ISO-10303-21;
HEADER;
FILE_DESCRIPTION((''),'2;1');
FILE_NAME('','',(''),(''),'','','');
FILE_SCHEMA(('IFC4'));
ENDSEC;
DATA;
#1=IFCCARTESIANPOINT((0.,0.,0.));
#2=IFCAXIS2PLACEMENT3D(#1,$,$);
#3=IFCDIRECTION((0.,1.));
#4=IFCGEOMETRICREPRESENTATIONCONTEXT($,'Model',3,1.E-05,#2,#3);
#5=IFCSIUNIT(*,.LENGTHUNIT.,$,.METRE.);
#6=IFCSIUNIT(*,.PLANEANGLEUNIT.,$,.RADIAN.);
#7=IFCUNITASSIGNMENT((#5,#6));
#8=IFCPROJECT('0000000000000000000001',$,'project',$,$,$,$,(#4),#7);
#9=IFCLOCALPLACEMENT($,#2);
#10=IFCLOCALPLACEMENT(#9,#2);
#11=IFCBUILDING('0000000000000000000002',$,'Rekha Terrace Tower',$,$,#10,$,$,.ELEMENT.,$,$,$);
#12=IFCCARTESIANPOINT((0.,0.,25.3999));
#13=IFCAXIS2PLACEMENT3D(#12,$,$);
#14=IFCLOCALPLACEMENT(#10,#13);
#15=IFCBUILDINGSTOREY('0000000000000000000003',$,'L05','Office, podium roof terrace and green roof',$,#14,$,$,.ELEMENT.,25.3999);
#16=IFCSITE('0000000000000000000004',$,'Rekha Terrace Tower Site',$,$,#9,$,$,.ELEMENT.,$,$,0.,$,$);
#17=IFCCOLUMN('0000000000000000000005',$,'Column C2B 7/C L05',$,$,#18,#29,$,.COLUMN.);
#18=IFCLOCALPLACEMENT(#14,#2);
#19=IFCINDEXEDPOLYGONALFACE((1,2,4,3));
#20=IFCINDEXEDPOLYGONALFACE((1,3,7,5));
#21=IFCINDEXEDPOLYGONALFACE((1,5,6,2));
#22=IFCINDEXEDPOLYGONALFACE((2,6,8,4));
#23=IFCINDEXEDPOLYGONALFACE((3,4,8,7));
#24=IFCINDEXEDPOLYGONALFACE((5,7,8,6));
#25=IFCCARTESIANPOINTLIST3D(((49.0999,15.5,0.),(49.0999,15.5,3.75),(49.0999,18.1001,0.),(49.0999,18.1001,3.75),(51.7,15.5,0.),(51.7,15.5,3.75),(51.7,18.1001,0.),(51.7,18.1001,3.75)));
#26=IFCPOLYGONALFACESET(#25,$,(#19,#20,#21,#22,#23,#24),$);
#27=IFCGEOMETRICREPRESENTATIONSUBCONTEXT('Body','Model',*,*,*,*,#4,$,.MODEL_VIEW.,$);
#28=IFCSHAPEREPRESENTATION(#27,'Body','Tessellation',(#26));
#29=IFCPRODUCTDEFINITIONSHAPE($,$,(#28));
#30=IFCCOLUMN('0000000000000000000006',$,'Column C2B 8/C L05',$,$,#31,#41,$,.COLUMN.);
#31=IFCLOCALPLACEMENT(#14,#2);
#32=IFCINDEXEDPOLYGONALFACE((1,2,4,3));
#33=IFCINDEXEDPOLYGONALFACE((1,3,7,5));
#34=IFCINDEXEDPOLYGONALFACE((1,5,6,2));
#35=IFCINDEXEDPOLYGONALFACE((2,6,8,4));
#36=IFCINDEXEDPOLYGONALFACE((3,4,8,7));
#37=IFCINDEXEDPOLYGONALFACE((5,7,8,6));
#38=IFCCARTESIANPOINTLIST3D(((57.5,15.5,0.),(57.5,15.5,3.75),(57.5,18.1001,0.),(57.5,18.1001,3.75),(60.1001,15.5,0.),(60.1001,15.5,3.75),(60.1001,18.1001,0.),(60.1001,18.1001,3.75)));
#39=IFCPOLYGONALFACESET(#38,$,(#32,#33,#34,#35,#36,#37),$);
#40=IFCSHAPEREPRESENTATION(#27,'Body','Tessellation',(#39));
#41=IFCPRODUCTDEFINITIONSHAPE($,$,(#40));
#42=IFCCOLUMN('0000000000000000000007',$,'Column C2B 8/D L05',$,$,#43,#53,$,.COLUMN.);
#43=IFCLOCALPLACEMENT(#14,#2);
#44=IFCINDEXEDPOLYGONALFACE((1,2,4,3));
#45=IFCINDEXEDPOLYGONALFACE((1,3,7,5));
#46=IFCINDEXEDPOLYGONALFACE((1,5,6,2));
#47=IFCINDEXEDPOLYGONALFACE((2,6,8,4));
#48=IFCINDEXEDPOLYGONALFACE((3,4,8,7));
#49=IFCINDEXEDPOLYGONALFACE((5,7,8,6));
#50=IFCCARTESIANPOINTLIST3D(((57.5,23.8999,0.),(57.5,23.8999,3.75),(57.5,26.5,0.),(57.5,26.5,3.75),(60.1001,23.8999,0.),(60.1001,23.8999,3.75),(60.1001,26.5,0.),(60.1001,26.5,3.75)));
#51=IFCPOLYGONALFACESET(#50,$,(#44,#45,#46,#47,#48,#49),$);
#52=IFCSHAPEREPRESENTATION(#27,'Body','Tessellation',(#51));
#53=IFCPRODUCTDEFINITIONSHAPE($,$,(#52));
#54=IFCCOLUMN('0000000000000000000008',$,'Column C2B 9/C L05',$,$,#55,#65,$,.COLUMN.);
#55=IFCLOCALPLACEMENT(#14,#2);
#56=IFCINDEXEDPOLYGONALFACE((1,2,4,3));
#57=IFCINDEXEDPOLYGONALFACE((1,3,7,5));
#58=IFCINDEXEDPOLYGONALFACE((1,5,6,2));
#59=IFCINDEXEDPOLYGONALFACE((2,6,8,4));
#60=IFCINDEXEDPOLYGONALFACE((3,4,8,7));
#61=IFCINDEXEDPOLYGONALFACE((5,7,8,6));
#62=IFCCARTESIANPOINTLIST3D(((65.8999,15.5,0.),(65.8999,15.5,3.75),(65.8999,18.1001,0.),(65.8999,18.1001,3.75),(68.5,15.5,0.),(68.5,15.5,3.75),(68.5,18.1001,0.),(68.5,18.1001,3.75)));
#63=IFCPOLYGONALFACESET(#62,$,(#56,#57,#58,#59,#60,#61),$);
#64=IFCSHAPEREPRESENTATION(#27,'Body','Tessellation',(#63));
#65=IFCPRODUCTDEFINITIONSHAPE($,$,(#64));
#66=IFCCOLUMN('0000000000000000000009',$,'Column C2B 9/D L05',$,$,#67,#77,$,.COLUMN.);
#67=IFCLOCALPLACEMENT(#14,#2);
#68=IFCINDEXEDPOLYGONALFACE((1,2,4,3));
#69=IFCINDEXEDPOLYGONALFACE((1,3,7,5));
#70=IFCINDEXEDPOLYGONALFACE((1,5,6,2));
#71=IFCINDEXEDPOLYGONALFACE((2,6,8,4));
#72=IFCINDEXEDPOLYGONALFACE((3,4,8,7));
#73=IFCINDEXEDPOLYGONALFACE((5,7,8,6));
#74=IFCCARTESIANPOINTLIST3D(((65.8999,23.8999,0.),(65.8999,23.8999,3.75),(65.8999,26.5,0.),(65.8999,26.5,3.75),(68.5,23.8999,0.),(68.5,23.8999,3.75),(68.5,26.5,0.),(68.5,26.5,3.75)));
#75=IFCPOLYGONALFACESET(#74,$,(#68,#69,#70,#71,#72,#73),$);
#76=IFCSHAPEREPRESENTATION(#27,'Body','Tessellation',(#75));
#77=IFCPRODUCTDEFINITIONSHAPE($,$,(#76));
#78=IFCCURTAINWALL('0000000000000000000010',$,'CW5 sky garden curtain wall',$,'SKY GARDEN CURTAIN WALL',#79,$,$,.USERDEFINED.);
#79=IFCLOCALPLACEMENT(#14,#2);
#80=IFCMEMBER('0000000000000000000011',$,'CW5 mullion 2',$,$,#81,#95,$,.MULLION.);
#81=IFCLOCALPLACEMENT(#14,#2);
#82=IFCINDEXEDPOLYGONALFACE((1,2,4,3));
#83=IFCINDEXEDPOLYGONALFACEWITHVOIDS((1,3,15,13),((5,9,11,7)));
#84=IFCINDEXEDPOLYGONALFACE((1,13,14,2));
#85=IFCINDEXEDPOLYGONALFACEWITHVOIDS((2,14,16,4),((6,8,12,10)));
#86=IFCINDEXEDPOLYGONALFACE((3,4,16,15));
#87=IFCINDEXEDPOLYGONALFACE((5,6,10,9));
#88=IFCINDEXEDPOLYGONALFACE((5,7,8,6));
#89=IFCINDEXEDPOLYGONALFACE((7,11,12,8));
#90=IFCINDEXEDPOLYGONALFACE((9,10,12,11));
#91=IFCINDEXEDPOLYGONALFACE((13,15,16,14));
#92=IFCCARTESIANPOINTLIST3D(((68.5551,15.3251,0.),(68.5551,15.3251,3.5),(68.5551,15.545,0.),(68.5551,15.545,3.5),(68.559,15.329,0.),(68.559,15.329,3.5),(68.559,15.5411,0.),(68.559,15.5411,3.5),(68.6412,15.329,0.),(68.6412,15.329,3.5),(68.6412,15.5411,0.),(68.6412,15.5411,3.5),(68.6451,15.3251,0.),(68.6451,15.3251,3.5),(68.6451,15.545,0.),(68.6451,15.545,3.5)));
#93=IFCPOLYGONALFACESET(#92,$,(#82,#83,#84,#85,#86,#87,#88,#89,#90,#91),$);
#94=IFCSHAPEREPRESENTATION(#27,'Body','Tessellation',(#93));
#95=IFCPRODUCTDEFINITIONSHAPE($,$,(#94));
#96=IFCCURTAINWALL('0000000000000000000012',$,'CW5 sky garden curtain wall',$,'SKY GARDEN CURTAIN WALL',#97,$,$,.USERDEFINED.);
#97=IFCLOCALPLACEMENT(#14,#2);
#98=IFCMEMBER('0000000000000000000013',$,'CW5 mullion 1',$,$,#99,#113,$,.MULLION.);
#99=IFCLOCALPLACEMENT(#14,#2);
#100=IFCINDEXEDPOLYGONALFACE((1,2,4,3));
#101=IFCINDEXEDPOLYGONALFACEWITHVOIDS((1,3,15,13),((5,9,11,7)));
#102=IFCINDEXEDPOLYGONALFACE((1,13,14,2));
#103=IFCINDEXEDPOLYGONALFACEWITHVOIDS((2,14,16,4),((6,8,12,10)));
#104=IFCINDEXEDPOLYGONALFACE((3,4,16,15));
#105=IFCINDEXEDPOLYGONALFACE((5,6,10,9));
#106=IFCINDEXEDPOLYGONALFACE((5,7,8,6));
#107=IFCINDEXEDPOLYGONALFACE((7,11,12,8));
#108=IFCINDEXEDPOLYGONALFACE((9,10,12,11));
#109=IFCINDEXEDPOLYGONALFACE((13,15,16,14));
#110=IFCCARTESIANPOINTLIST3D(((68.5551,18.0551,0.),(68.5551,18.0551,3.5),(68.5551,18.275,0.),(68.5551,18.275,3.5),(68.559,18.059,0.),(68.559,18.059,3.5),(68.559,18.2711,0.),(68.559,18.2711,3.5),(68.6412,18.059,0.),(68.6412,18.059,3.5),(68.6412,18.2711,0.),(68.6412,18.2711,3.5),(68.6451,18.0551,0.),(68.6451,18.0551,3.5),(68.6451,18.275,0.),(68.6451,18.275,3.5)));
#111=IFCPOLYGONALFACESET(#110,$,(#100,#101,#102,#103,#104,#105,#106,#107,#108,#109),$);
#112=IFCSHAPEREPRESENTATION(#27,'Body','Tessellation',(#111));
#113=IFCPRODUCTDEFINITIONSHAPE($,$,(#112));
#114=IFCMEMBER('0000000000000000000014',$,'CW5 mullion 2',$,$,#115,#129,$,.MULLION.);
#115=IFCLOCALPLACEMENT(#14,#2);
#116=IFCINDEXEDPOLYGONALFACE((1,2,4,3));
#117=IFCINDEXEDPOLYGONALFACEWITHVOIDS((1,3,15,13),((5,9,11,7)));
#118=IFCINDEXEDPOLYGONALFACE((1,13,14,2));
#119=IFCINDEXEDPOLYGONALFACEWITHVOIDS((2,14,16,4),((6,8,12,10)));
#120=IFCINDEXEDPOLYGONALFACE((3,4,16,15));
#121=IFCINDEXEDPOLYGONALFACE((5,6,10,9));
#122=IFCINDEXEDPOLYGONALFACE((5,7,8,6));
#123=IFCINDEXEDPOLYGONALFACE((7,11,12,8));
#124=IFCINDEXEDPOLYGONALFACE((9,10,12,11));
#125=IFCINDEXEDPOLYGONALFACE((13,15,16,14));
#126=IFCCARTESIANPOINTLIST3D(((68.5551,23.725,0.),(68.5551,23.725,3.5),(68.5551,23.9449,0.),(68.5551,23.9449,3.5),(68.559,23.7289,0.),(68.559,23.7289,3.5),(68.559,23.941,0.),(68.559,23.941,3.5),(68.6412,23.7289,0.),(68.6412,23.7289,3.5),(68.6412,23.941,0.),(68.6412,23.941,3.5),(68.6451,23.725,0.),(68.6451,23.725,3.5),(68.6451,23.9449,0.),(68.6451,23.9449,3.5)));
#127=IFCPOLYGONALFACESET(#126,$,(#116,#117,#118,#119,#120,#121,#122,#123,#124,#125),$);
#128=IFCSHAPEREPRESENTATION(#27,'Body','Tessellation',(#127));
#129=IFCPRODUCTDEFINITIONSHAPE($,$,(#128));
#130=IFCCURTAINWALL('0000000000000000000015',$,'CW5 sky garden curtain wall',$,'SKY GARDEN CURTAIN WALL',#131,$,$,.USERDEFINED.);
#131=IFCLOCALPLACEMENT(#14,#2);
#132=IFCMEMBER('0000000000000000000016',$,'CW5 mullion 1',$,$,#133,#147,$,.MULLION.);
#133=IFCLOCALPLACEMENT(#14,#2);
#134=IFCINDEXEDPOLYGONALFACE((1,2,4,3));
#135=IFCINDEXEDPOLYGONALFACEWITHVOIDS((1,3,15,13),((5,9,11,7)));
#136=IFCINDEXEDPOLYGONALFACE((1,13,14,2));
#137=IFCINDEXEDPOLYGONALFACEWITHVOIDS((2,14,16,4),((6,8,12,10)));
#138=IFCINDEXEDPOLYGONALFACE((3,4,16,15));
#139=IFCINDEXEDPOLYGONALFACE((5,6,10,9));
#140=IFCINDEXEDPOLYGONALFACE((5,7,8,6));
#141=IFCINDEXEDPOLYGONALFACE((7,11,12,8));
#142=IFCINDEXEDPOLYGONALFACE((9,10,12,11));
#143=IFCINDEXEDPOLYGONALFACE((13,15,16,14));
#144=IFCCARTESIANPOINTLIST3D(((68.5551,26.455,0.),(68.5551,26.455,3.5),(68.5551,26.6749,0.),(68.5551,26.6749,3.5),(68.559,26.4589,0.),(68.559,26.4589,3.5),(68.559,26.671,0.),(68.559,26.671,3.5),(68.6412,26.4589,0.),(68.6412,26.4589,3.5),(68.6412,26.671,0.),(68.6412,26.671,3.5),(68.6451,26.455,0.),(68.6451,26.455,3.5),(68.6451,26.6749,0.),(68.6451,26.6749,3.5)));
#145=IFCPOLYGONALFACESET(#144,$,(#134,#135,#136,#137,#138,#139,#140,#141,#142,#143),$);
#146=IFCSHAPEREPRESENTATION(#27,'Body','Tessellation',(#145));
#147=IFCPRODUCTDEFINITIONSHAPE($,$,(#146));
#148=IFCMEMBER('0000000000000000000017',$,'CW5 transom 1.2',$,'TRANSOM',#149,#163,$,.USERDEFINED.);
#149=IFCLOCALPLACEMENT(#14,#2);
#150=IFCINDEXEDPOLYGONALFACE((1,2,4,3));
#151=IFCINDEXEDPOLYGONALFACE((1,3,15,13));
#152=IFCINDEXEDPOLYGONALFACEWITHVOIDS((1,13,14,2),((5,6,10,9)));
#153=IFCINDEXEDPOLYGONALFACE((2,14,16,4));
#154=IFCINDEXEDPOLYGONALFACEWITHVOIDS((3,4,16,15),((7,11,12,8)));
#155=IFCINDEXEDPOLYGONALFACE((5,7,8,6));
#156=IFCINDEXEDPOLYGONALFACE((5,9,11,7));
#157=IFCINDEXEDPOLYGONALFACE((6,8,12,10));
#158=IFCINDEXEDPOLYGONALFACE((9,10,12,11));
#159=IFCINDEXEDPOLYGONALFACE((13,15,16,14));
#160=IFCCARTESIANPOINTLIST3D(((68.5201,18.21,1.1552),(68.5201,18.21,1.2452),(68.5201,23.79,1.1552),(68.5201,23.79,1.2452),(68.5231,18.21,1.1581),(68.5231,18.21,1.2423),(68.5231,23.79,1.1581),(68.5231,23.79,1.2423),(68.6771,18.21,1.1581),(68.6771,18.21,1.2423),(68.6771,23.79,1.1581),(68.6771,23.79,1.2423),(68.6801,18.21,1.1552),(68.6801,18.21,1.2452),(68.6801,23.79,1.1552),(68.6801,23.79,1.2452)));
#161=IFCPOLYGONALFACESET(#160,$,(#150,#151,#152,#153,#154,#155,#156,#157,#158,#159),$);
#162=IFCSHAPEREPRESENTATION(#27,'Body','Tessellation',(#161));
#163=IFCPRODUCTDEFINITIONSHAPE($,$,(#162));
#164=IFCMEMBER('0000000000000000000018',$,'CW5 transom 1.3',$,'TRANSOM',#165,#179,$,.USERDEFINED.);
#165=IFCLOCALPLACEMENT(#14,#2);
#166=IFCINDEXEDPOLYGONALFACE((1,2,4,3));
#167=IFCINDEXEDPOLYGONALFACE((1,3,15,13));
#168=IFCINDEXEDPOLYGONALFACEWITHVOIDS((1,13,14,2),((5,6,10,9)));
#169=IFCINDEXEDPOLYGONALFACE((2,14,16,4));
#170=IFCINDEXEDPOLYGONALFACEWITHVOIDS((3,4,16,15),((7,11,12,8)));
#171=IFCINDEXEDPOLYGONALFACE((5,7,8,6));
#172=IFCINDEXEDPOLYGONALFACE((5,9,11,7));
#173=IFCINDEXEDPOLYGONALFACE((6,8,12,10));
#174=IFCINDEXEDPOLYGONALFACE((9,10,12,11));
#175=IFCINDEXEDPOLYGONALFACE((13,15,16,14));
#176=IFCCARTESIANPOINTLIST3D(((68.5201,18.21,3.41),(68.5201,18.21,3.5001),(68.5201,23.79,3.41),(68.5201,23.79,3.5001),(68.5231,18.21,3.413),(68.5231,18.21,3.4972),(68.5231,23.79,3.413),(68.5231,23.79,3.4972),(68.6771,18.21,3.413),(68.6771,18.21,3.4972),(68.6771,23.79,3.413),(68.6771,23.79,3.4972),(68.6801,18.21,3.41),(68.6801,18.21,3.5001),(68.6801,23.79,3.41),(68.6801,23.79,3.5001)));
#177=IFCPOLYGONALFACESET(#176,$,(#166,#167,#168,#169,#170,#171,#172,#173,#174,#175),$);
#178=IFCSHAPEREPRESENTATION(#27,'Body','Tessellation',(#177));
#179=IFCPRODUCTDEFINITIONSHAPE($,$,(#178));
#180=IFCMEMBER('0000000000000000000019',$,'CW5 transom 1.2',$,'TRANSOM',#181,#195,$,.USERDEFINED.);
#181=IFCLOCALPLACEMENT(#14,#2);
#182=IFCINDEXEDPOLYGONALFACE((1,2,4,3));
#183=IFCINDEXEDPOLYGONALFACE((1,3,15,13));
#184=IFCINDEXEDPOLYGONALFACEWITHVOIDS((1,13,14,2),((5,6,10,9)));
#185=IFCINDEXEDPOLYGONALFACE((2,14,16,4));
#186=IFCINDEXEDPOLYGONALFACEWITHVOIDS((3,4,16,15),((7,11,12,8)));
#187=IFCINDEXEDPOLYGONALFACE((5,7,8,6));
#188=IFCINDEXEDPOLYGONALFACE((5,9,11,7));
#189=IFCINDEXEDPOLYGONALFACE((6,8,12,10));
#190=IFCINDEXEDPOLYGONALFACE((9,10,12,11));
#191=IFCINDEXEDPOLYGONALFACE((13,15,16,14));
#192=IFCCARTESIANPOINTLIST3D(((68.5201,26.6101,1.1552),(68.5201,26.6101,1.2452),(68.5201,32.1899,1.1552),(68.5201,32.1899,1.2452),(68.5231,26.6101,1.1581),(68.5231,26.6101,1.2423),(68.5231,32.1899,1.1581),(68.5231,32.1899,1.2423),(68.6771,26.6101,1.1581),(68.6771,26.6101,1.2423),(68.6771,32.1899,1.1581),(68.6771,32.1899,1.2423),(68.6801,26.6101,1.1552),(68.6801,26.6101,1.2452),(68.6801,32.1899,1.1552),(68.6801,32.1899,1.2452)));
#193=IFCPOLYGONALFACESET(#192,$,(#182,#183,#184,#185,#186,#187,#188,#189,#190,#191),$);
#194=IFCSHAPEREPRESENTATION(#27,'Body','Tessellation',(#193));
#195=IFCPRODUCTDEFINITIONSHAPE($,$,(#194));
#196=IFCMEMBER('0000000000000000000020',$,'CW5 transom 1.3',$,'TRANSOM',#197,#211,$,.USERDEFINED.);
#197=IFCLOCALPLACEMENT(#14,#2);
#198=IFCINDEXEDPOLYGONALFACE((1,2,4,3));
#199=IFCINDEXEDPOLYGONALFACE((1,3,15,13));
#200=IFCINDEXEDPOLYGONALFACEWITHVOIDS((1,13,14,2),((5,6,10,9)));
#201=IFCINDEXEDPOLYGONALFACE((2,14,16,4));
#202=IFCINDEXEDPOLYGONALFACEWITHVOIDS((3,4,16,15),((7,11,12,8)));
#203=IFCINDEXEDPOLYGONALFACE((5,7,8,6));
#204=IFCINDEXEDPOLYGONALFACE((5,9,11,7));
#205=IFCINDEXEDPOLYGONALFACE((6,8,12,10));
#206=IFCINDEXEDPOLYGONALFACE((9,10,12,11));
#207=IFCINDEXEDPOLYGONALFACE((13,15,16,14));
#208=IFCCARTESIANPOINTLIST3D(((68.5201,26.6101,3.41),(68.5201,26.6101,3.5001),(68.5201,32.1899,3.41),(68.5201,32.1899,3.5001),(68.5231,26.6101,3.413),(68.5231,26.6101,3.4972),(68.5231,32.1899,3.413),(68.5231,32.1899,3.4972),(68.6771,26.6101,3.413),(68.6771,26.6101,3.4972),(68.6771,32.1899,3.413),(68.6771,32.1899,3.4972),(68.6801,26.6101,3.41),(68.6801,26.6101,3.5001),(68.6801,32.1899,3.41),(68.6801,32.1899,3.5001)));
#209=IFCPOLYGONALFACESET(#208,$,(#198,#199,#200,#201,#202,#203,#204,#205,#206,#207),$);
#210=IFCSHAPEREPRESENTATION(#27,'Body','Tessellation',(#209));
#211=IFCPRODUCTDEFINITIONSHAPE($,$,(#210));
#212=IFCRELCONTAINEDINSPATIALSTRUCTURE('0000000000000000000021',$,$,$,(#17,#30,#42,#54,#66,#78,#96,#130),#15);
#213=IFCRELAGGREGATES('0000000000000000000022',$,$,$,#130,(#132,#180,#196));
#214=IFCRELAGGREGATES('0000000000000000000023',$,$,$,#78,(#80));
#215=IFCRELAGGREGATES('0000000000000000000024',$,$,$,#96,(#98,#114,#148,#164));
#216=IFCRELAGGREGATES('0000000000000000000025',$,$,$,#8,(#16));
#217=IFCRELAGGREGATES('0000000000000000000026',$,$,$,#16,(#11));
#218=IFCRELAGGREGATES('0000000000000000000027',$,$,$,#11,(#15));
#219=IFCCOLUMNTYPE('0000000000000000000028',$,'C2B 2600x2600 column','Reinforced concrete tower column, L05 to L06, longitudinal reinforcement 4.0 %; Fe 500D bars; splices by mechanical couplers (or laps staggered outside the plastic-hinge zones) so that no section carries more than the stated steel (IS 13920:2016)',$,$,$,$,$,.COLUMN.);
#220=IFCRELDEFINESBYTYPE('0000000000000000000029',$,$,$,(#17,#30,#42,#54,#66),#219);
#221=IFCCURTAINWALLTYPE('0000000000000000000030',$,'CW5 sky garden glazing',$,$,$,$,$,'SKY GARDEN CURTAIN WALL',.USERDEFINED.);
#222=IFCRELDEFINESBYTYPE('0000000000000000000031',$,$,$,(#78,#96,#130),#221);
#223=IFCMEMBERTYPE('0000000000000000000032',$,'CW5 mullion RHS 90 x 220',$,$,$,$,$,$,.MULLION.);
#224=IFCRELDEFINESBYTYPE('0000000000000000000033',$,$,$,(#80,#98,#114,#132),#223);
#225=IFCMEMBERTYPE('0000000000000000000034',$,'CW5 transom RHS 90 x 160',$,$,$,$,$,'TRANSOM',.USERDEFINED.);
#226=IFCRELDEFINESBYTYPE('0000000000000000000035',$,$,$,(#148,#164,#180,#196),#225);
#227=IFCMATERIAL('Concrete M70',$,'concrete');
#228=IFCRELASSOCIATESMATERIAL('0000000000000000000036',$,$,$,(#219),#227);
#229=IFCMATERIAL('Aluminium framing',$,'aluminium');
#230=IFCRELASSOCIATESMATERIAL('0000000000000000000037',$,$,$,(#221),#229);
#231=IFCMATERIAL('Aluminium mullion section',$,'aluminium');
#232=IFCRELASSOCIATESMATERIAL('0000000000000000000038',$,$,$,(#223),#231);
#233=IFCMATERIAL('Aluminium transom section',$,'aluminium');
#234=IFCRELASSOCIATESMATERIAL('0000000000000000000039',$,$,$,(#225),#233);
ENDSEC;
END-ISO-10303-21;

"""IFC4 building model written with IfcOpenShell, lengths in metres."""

from ifc_helpers import new_model, si_unit, direction, frame, origin, origin_2d, place, context, subcontext, project, spatial, rectangle, hollow_rectangle, extrude, material, material_profile, profile_set, type_object, element, aggregate, save


model = new_model("IFC4")

# Units and contexts
model_context = context("Model", 3, precision=1e-05, world=origin(), true_north=direction((0.0, 1.0)))
body_context = subcontext(model_context, "Body", "Model", "MODEL_VIEW")
ifc_project = project(units=[si_unit("LENGTHUNIT", "METRE"), si_unit("PLANEANGLEUNIT", "RADIAN")], contexts=[model_context])

# Site, building, storey
site_placement = place(None, origin())
site = spatial("IfcSite", under=ifc_project, at=site_placement, Name="Rekha Terrace Tower Site", CompositionType="ELEMENT", RefElevation=0.0)
building_placement = place(site_placement, origin())
building = spatial("IfcBuilding", under=site, at=building_placement, Name="Rekha Terrace Tower", CompositionType="ELEMENT")
storey_placement = place(building_placement, frame((0.0, 0.0, 25.3999)))
storey = spatial("IfcBuildingStorey", under=building, at=storey_placement, Name="L05", Description="Office, podium roof terrace and green roof", CompositionType="ELEMENT", Elevation=25.3999)

# Columns
ifc_material_1 = material(Name="Concrete M70", Category="concrete")
ifc_material_profile_1 = material_profile(ifc_material_1, rectangle(XDim=2.6001, YDim=2.6001, at=origin_2d()), Name="RC 2600x2600")
ifc_profile_set_1 = profile_set([ifc_material_profile_1], Name="Concrete M70")
column_type = type_object("IfcColumnType", Name="C2B 2600x2600 column", Description="Reinforced concrete tower column, L05 to L06, longitudinal reinforcement 4.0 %; Fe 500D bars; splices by mechanical couplers (or laps staggered outside the plastic-hinge zones) so that no section carries more than the stated steel (IS 13920:2016)", PredefinedType="COLUMN", material=ifc_profile_set_1)
for number, where, z_axis, x_axis, name in (
    (1, (50.3999, 16.8, 0.0), (0.0, 0.0, 1.0), (1.0, 0.0, 0.0), "Column C2B 7/C L05"),
    (2, (58.8, 16.8, 0.0), (0.0, 0.0, 1.0), (1.0, 0.0, 0.0), "Column C2B 8/C L05"),
    (3, (58.8, 25.2, 0.0), (0.0, 0.0, 1.0), (1.0, 0.0, 0.0), "Column C2B 8/D L05"),
    (4, (67.2, 16.8, 0.0), (0.0, 0.0, 1.0), (1.0, 0.0, 0.0), "Column C2B 9/C L05"),
    (5, (67.2, 25.2, 0.0), (0.0, 0.0, 1.0), (1.0, 0.0, 0.0), "Column C2B 9/D L05"),
):
    element("IfcColumn", number, at=place(storey_placement, frame(where, z_axis=z_axis, x_axis=x_axis)), inside=storey, type_object=column_type, Name=name, PredefinedType="COLUMN", context=body_context, shape_type="SweptSolid", body=[
        extrude(rectangle(XDim=2.6001, YDim=2.6001, at=origin_2d()), origin(), (0.0, 0.0, 1.0), 3.75),
    ])

# Curtain wall, member
ifc_material_2 = material(Name="Aluminium framing", Category="aluminium")
curtain_wall_type = type_object("IfcCurtainWallType", Name="CW5 sky garden glazing", ElementType="SKY GARDEN CURTAIN WALL", PredefinedType="USERDEFINED", material=ifc_material_2)
curtain_wall_1_placement = place(storey_placement, origin())
curtain_wall_1 = element("IfcCurtainWall", 6, at=curtain_wall_1_placement, inside=storey, type_object=curtain_wall_type, Name="CW5 sky garden curtain wall", ObjectType="SKY GARDEN CURTAIN WALL", PredefinedType="USERDEFINED")
ifc_material_3 = material(Name="Aluminium mullion section", Category="aluminium")
ifc_material_profile_2 = material_profile(ifc_material_3, hollow_rectangle(XDim=0.0901, YDim=0.22, WallThickness=0.0039, at=origin_2d()), Name="AL RHS 90x220")
ifc_profile_set_2 = profile_set([ifc_material_profile_2], Name="Aluminium mullion section")
member_type_1 = type_object("IfcMemberType", Name="CW5 mullion RHS 90 x 220", PredefinedType="MULLION", material=ifc_profile_set_2)
member_1_placement = place(storey_placement, frame((68.6001, 15.4351, 0.0), z_axis=(0.0, 0.0, 1.0), x_axis=(-1.0, 0.0, 0.0)))
member_1 = element("IfcMember", 7, at=member_1_placement, type_object=member_type_1, Name="CW5 mullion 2", PredefinedType="MULLION", context=body_context, shape_type="SweptSolid", body=[
    extrude(hollow_rectangle(XDim=0.0901, YDim=0.22, WallThickness=0.0039, at=origin_2d()), origin(), (0.0, 0.0, 1.0), 3.5),
])

# Curtain wall, members
curtain_wall_2_placement = place(storey_placement, origin())
curtain_wall_2 = element("IfcCurtainWall", 8, at=curtain_wall_2_placement, inside=storey, type_object=curtain_wall_type, Name="CW5 sky garden curtain wall", ObjectType="SKY GARDEN CURTAIN WALL", PredefinedType="USERDEFINED")
member_2_placement = place(storey_placement, frame((68.6001, 18.165, 0.0), z_axis=(0.0, 0.0, 1.0), x_axis=(-1.0, 0.0, 0.0)))
member_2 = element("IfcMember", 9, at=member_2_placement, type_object=member_type_1, Name="CW5 mullion 1", PredefinedType="MULLION", context=body_context, shape_type="SweptSolid", body=[
    extrude(hollow_rectangle(XDim=0.0901, YDim=0.22, WallThickness=0.0039, at=origin_2d()), origin(), (0.0, 0.0, 1.0), 3.5),
])
member_3_placement = place(storey_placement, frame((68.6001, 23.835, 0.0), z_axis=(0.0, 0.0, 1.0), x_axis=(-1.0, 0.0, 0.0)))
member_3 = element("IfcMember", 10, at=member_3_placement, type_object=member_type_1, Name="CW5 mullion 2", PredefinedType="MULLION", context=body_context, shape_type="SweptSolid", body=[
    extrude(hollow_rectangle(XDim=0.0901, YDim=0.22, WallThickness=0.0039, at=origin_2d()), origin(), (0.0, 0.0, 1.0), 3.5),
])

# Curtain wall, member
curtain_wall_3_placement = place(storey_placement, origin())
curtain_wall_3 = element("IfcCurtainWall", 11, at=curtain_wall_3_placement, inside=storey, type_object=curtain_wall_type, Name="CW5 sky garden curtain wall", ObjectType="SKY GARDEN CURTAIN WALL", PredefinedType="USERDEFINED")
member_4_placement = place(storey_placement, frame((68.6001, 26.5649, 0.0), z_axis=(0.0, 0.0, 1.0), x_axis=(-1.0, 0.0, 0.0)))
member_4 = element("IfcMember", 12, at=member_4_placement, type_object=member_type_1, Name="CW5 mullion 1", PredefinedType="MULLION", context=body_context, shape_type="SweptSolid", body=[
    extrude(hollow_rectangle(XDim=0.0901, YDim=0.22, WallThickness=0.0039, at=origin_2d()), origin(), (0.0, 0.0, 1.0), 3.5),
])

# Members
ifc_material_4 = material(Name="Aluminium transom section", Category="aluminium")
ifc_material_profile_3 = material_profile(ifc_material_4, hollow_rectangle(XDim=0.1599, YDim=0.0901, WallThickness=0.0029, at=origin_2d()), Name="AL RHS 160x90")
ifc_profile_set_3 = profile_set([ifc_material_profile_3], Name="Aluminium transom section")
member_type_2 = type_object("IfcMemberType", Name="CW5 transom RHS 90 x 160", ElementType="TRANSOM", PredefinedType="USERDEFINED", material=ifc_profile_set_3)
member_5_placement = place(storey_placement, frame((68.6001, 18.21, 1.2002), z_axis=(0.0, 1.0, 0.0), x_axis=(-1.0, 0.0, 0.0)))
member_5 = element("IfcMember", 13, at=member_5_placement, type_object=member_type_2, Name="CW5 transom 1.2", ObjectType="TRANSOM", PredefinedType="USERDEFINED", context=body_context, shape_type="SweptSolid", body=[
    extrude(hollow_rectangle(XDim=0.1599, YDim=0.0901, WallThickness=0.0029, at=origin_2d()), origin(), (0.0, 0.0, 1.0), 5.5801),
])
member_6_placement = place(storey_placement, frame((68.6001, 18.21, 3.4551), z_axis=(0.0, 1.0, 0.0), x_axis=(-1.0, 0.0, 0.0)))
member_6 = element("IfcMember", 14, at=member_6_placement, type_object=member_type_2, Name="CW5 transom 1.3", ObjectType="TRANSOM", PredefinedType="USERDEFINED", context=body_context, shape_type="SweptSolid", body=[
    extrude(hollow_rectangle(XDim=0.1599, YDim=0.0901, WallThickness=0.0029, at=origin_2d()), origin(), (0.0, 0.0, 1.0), 5.5801),
])
member_7_placement = place(storey_placement, frame((68.6001, 26.6101, 1.2002), z_axis=(0.0, 1.0, 0.0), x_axis=(-1.0, 0.0, 0.0)))
member_7 = element("IfcMember", 15, at=member_7_placement, type_object=member_type_2, Name="CW5 transom 1.2", ObjectType="TRANSOM", PredefinedType="USERDEFINED", context=body_context, shape_type="SweptSolid", body=[
    extrude(hollow_rectangle(XDim=0.1599, YDim=0.0901, WallThickness=0.0029, at=origin_2d()), origin(), (0.0, 0.0, 1.0), 5.5798),
])
member_8_placement = place(storey_placement, frame((68.6001, 26.6101, 3.4551), z_axis=(0.0, 1.0, 0.0), x_axis=(-1.0, 0.0, 0.0)))
member_8 = element("IfcMember", 16, at=member_8_placement, type_object=member_type_2, Name="CW5 transom 1.3", ObjectType="TRANSOM", PredefinedType="USERDEFINED", context=body_context, shape_type="SweptSolid", body=[
    extrude(hollow_rectangle(XDim=0.1599, YDim=0.0901, WallThickness=0.0029, at=origin_2d()), origin(), (0.0, 0.0, 1.0), 5.5798),
])
aggregate(curtain_wall_3, [member_4, member_7, member_8])

aggregate(curtain_wall_1, [member_1])
aggregate(curtain_wall_2, [member_2, member_3, member_5, member_6])

save(model, "model.ifc")
